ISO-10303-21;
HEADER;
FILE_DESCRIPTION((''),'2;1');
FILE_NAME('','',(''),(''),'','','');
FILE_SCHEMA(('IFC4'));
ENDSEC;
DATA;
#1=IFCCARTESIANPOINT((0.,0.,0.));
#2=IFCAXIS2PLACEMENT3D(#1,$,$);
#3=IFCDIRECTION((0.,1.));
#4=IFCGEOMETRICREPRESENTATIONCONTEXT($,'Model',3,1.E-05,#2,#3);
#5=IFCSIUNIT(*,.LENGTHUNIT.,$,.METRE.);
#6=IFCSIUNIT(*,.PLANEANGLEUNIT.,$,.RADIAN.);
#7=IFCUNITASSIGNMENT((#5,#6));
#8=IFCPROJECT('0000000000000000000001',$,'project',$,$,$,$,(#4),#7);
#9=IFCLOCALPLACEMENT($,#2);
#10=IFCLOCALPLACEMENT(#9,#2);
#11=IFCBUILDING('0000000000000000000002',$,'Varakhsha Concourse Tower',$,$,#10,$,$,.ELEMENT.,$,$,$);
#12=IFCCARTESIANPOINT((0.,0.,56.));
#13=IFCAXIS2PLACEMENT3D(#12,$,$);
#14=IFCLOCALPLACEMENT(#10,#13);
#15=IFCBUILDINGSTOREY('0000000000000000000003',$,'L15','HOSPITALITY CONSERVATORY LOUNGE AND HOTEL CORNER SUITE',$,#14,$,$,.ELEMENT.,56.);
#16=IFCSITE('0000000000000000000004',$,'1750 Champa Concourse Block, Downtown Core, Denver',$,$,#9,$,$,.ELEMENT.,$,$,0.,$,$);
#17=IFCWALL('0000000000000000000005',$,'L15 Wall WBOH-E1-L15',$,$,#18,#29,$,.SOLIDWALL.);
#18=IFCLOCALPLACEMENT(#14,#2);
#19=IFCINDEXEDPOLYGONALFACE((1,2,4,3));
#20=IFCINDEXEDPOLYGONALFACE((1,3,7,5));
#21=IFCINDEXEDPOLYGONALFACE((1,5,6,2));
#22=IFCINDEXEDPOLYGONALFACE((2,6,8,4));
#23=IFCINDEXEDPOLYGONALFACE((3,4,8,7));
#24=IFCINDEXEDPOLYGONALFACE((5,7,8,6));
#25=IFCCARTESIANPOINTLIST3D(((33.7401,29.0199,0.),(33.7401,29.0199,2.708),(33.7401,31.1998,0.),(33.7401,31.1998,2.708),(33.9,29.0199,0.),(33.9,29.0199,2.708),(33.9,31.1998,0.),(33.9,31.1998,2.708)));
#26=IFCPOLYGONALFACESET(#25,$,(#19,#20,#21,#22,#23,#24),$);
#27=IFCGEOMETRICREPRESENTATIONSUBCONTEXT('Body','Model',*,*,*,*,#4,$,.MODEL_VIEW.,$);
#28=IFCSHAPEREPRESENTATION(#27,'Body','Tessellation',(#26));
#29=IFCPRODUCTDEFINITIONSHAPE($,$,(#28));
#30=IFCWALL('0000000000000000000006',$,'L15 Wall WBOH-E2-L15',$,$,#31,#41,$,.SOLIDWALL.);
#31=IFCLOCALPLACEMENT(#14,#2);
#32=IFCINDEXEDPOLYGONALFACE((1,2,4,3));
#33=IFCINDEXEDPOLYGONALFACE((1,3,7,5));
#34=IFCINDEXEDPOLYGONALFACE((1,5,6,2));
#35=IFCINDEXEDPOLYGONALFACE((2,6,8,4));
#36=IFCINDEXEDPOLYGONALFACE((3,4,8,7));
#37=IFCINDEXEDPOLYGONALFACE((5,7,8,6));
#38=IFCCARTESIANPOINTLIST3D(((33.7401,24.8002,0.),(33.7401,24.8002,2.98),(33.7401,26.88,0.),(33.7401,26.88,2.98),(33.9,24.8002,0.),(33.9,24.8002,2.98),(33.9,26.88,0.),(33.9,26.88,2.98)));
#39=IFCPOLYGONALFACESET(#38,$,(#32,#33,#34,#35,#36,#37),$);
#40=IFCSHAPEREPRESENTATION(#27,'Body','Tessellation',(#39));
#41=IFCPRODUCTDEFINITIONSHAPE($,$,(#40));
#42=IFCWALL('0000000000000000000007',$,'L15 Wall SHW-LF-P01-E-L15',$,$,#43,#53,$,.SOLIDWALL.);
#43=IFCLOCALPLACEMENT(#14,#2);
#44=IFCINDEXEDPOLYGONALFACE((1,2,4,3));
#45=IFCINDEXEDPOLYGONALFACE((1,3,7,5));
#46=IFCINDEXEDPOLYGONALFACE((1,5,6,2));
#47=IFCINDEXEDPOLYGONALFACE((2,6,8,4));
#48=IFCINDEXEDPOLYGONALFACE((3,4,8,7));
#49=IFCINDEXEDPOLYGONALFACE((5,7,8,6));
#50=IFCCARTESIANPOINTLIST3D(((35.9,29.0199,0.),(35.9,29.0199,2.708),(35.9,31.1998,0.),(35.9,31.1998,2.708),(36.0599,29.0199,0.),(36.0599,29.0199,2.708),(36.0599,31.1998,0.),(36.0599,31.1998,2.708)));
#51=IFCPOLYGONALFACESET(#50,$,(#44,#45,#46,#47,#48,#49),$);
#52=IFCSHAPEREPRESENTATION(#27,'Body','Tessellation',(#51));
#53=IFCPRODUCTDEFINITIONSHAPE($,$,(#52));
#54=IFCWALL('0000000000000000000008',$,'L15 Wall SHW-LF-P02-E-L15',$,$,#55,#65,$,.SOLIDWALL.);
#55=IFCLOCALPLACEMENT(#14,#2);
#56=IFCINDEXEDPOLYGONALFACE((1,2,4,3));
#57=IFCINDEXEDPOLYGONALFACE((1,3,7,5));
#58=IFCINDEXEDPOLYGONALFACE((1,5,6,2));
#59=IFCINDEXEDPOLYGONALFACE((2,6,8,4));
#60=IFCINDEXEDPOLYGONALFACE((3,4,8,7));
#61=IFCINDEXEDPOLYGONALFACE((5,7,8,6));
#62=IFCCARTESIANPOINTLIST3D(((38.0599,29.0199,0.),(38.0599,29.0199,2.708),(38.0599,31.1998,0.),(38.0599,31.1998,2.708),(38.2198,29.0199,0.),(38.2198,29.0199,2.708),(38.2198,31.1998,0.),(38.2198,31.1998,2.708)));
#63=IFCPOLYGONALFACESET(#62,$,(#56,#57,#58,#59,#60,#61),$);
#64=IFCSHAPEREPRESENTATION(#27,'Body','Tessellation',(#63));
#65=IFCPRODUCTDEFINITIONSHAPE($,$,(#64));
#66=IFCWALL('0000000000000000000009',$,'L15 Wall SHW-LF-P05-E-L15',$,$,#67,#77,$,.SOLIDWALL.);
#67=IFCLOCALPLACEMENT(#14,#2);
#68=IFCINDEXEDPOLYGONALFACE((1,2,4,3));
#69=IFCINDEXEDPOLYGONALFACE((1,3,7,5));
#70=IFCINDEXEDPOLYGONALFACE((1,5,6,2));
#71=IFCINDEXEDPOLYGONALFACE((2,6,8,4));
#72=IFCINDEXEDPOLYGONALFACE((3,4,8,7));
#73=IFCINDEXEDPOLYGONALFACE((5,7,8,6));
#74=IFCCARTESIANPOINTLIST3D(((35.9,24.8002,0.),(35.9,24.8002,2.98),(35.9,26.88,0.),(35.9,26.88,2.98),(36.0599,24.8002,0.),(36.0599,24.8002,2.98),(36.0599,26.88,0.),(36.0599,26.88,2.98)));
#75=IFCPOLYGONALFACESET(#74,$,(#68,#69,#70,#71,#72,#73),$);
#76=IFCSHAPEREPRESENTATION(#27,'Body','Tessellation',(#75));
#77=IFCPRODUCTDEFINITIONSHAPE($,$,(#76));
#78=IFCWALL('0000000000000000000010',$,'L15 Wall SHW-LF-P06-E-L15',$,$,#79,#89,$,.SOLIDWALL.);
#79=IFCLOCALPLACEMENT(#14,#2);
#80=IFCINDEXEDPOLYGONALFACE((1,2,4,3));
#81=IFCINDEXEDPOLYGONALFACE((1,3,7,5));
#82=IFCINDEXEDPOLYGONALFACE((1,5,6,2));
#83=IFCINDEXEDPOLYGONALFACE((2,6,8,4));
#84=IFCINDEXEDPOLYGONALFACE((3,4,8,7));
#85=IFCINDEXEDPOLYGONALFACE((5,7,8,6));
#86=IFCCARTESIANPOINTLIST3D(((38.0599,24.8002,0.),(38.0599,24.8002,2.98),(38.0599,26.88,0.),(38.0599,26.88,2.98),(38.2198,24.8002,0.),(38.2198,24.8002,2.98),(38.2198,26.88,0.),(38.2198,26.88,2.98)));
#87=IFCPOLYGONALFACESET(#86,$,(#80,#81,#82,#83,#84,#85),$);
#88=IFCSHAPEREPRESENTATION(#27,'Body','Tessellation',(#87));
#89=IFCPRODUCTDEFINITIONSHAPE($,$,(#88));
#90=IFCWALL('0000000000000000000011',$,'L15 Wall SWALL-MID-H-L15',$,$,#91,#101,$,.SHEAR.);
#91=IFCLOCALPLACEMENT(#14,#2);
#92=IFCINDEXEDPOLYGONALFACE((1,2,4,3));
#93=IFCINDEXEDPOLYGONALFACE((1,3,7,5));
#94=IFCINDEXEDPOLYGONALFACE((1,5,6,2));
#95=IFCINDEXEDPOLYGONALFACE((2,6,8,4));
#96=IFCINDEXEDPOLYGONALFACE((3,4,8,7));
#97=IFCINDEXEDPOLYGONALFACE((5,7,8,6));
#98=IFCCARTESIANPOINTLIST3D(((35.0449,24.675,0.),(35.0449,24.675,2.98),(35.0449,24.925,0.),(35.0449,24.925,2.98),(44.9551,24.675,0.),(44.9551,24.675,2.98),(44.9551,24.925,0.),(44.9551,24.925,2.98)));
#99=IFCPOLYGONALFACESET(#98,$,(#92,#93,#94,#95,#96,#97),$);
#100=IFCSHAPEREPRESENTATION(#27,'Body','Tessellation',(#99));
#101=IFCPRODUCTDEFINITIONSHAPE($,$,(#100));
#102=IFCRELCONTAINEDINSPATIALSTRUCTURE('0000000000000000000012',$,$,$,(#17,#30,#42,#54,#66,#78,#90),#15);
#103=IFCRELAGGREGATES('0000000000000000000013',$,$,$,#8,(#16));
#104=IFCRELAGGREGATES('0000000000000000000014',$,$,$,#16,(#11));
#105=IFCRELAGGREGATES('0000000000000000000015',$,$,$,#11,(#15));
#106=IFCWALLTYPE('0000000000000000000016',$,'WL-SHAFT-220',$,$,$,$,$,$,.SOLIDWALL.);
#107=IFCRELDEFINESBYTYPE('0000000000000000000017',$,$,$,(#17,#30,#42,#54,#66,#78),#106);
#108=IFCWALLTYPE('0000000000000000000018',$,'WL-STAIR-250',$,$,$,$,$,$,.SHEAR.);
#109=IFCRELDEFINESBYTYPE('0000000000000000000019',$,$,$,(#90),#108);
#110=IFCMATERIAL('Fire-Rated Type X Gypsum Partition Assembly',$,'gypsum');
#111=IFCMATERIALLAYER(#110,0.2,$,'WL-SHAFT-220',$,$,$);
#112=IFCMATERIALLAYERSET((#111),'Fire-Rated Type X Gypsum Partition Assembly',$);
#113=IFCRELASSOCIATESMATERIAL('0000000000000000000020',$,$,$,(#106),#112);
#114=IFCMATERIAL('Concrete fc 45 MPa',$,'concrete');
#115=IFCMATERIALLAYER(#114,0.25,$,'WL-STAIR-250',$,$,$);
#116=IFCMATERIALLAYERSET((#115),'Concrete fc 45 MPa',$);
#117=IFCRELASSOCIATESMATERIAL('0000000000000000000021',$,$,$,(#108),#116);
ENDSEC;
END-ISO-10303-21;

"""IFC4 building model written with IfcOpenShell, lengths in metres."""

from ifc_helpers import new_model, si_unit, direction, frame, frame_2d, origin, place, context, subcontext, project, spatial, rectangle, extrude, material, layer, layer_set, type_object, element, save


model = new_model("IFC4")

# Units and contexts
model_context = context("Model", 3, precision=1e-05, world=origin(), true_north=direction((0.0, 1.0)))
body_context = subcontext(model_context, "Body", "Model", "MODEL_VIEW")
ifc_project = project(units=[si_unit("LENGTHUNIT", "METRE"), si_unit("PLANEANGLEUNIT", "RADIAN")], contexts=[model_context])

# Site, building, storey
site_placement = place(None, origin())
site = spatial("IfcSite", under=ifc_project, at=site_placement, Name="1750 Champa Concourse Block, Downtown Core, Denver", CompositionType="ELEMENT", RefElevation=0.0)
building_placement = place(site_placement, origin())
building = spatial("IfcBuilding", under=site, at=building_placement, Name="Varakhsha Concourse Tower", CompositionType="ELEMENT")
storey_placement = place(building_placement, frame((0.0, 0.0, 56.0)))
storey = spatial("IfcBuildingStorey", under=building, at=storey_placement, Name="L15", Description="HOSPITALITY CONSERVATORY LOUNGE AND HOTEL CORNER SUITE", CompositionType="ELEMENT", Elevation=56.0)

# Shared definitions
ifc_material_1 = material(Name="Fire-Rated Type X Gypsum Partition Assembly", Category="gypsum")

# Shared definitions
ifc_layer_1 = layer(ifc_material_1, 0.2, Name="WL-SHAFT-220")
ifc_layer_set_1 = layer_set([ifc_layer_1], Name="Fire-Rated Type X Gypsum Partition Assembly")
wall_type_1 = type_object("IfcWallType", Name="WL-SHAFT-220", PredefinedType="SOLIDWALL", material=ifc_layer_set_1)

# Walls
wall_1_placement = place(storey_placement, frame((33.8201, 29.02, 0.0), z_axis=(0.0, 0.0, 1.0), x_axis=(0.0, 1.0, 0.0)))
element("IfcWall", 1, at=wall_1_placement, inside=storey, type_object=wall_type_1, Name="L15 Wall WBOH-E1-L15", PredefinedType="SOLIDWALL", context=body_context, shape_type="SweptSolid", body=[
    extrude(rectangle(XDim=2.1799, YDim=0.1599, at=frame_2d((1.0898, 0.0))), origin(), (0.0, 0.0, 1.0), 2.708),
])
wall_2_placement = place(storey_placement, frame((33.8201, 24.8, 0.0), z_axis=(0.0, 0.0, 1.0), x_axis=(0.0, 1.0, 0.0)))
element("IfcWall", 2, at=wall_2_placement, inside=storey, type_object=wall_type_1, Name="L15 Wall WBOH-E2-L15", PredefinedType="SOLIDWALL", context=body_context, shape_type="SweptSolid", body=[
    extrude(rectangle(XDim=2.0798, YDim=0.1599, at=frame_2d((1.04, 0.0))), origin(), (0.0, 0.0, 1.0), 2.98),
])
for number, where, z_axis, x_axis, name in (
    (3, (35.98, 29.02, 0.0), (0.0, 0.0, 1.0), (0.0, 1.0, 0.0), "L15 Wall SHW-LF-P01-E-L15"),
    (4, (38.1399, 29.02, 0.0), (0.0, 0.0, 1.0), (0.0, 1.0, 0.0), "L15 Wall SHW-LF-P02-E-L15"),
):
    element("IfcWall", number, at=place(storey_placement, frame(where, z_axis=z_axis, x_axis=x_axis)), inside=storey, type_object=wall_type_1, Name=name, PredefinedType="SOLIDWALL", context=body_context, shape_type="SweptSolid", body=[
        extrude(rectangle(XDim=2.1799, YDim=0.1599, at=frame_2d((1.0898, 0.0))), origin(), (0.0, 0.0, 1.0), 2.708),
    ])
for number, where, z_axis, x_axis, name in (
    (5, (35.98, 24.8, 0.0), (0.0, 0.0, 1.0), (0.0, 1.0, 0.0), "L15 Wall SHW-LF-P05-E-L15"),
    (6, (38.1399, 24.8, 0.0), (0.0, 0.0, 1.0), (0.0, 1.0, 0.0), "L15 Wall SHW-LF-P06-E-L15"),
):
    element("IfcWall", number, at=place(storey_placement, frame(where, z_axis=z_axis, x_axis=x_axis)), inside=storey, type_object=wall_type_1, Name=name, PredefinedType="SOLIDWALL", context=body_context, shape_type="SweptSolid", body=[
        extrude(rectangle(XDim=2.0798, YDim=0.1599, at=frame_2d((1.04, 0.0))), origin(), (0.0, 0.0, 1.0), 2.98),
    ])
ifc_material_2 = material(Name="Concrete fc 45 MPa", Category="concrete")
ifc_layer_2 = layer(ifc_material_2, 0.25, Name="WL-STAIR-250")
ifc_layer_set_2 = layer_set([ifc_layer_2], Name="Concrete fc 45 MPa")
wall_type_2 = type_object("IfcWallType", Name="WL-STAIR-250", PredefinedType="SHEAR", material=ifc_layer_set_2)
wall_3_placement = place(storey_placement, frame((35.0449, 24.8, 0.0), z_axis=(0.0, 0.0, 1.0), x_axis=(1.0, 0.0, 0.0)))
element("IfcWall", 7, at=wall_3_placement, inside=storey, type_object=wall_type_2, Name="L15 Wall SWALL-MID-H-L15", PredefinedType="SHEAR", context=body_context, shape_type="SweptSolid", body=[
    extrude(rectangle(XDim=9.9102, YDim=0.25, at=frame_2d((4.9551, 0.0))), origin(), (0.0, 0.0, 1.0), 2.98),
])

save(model, "model.ifc")
